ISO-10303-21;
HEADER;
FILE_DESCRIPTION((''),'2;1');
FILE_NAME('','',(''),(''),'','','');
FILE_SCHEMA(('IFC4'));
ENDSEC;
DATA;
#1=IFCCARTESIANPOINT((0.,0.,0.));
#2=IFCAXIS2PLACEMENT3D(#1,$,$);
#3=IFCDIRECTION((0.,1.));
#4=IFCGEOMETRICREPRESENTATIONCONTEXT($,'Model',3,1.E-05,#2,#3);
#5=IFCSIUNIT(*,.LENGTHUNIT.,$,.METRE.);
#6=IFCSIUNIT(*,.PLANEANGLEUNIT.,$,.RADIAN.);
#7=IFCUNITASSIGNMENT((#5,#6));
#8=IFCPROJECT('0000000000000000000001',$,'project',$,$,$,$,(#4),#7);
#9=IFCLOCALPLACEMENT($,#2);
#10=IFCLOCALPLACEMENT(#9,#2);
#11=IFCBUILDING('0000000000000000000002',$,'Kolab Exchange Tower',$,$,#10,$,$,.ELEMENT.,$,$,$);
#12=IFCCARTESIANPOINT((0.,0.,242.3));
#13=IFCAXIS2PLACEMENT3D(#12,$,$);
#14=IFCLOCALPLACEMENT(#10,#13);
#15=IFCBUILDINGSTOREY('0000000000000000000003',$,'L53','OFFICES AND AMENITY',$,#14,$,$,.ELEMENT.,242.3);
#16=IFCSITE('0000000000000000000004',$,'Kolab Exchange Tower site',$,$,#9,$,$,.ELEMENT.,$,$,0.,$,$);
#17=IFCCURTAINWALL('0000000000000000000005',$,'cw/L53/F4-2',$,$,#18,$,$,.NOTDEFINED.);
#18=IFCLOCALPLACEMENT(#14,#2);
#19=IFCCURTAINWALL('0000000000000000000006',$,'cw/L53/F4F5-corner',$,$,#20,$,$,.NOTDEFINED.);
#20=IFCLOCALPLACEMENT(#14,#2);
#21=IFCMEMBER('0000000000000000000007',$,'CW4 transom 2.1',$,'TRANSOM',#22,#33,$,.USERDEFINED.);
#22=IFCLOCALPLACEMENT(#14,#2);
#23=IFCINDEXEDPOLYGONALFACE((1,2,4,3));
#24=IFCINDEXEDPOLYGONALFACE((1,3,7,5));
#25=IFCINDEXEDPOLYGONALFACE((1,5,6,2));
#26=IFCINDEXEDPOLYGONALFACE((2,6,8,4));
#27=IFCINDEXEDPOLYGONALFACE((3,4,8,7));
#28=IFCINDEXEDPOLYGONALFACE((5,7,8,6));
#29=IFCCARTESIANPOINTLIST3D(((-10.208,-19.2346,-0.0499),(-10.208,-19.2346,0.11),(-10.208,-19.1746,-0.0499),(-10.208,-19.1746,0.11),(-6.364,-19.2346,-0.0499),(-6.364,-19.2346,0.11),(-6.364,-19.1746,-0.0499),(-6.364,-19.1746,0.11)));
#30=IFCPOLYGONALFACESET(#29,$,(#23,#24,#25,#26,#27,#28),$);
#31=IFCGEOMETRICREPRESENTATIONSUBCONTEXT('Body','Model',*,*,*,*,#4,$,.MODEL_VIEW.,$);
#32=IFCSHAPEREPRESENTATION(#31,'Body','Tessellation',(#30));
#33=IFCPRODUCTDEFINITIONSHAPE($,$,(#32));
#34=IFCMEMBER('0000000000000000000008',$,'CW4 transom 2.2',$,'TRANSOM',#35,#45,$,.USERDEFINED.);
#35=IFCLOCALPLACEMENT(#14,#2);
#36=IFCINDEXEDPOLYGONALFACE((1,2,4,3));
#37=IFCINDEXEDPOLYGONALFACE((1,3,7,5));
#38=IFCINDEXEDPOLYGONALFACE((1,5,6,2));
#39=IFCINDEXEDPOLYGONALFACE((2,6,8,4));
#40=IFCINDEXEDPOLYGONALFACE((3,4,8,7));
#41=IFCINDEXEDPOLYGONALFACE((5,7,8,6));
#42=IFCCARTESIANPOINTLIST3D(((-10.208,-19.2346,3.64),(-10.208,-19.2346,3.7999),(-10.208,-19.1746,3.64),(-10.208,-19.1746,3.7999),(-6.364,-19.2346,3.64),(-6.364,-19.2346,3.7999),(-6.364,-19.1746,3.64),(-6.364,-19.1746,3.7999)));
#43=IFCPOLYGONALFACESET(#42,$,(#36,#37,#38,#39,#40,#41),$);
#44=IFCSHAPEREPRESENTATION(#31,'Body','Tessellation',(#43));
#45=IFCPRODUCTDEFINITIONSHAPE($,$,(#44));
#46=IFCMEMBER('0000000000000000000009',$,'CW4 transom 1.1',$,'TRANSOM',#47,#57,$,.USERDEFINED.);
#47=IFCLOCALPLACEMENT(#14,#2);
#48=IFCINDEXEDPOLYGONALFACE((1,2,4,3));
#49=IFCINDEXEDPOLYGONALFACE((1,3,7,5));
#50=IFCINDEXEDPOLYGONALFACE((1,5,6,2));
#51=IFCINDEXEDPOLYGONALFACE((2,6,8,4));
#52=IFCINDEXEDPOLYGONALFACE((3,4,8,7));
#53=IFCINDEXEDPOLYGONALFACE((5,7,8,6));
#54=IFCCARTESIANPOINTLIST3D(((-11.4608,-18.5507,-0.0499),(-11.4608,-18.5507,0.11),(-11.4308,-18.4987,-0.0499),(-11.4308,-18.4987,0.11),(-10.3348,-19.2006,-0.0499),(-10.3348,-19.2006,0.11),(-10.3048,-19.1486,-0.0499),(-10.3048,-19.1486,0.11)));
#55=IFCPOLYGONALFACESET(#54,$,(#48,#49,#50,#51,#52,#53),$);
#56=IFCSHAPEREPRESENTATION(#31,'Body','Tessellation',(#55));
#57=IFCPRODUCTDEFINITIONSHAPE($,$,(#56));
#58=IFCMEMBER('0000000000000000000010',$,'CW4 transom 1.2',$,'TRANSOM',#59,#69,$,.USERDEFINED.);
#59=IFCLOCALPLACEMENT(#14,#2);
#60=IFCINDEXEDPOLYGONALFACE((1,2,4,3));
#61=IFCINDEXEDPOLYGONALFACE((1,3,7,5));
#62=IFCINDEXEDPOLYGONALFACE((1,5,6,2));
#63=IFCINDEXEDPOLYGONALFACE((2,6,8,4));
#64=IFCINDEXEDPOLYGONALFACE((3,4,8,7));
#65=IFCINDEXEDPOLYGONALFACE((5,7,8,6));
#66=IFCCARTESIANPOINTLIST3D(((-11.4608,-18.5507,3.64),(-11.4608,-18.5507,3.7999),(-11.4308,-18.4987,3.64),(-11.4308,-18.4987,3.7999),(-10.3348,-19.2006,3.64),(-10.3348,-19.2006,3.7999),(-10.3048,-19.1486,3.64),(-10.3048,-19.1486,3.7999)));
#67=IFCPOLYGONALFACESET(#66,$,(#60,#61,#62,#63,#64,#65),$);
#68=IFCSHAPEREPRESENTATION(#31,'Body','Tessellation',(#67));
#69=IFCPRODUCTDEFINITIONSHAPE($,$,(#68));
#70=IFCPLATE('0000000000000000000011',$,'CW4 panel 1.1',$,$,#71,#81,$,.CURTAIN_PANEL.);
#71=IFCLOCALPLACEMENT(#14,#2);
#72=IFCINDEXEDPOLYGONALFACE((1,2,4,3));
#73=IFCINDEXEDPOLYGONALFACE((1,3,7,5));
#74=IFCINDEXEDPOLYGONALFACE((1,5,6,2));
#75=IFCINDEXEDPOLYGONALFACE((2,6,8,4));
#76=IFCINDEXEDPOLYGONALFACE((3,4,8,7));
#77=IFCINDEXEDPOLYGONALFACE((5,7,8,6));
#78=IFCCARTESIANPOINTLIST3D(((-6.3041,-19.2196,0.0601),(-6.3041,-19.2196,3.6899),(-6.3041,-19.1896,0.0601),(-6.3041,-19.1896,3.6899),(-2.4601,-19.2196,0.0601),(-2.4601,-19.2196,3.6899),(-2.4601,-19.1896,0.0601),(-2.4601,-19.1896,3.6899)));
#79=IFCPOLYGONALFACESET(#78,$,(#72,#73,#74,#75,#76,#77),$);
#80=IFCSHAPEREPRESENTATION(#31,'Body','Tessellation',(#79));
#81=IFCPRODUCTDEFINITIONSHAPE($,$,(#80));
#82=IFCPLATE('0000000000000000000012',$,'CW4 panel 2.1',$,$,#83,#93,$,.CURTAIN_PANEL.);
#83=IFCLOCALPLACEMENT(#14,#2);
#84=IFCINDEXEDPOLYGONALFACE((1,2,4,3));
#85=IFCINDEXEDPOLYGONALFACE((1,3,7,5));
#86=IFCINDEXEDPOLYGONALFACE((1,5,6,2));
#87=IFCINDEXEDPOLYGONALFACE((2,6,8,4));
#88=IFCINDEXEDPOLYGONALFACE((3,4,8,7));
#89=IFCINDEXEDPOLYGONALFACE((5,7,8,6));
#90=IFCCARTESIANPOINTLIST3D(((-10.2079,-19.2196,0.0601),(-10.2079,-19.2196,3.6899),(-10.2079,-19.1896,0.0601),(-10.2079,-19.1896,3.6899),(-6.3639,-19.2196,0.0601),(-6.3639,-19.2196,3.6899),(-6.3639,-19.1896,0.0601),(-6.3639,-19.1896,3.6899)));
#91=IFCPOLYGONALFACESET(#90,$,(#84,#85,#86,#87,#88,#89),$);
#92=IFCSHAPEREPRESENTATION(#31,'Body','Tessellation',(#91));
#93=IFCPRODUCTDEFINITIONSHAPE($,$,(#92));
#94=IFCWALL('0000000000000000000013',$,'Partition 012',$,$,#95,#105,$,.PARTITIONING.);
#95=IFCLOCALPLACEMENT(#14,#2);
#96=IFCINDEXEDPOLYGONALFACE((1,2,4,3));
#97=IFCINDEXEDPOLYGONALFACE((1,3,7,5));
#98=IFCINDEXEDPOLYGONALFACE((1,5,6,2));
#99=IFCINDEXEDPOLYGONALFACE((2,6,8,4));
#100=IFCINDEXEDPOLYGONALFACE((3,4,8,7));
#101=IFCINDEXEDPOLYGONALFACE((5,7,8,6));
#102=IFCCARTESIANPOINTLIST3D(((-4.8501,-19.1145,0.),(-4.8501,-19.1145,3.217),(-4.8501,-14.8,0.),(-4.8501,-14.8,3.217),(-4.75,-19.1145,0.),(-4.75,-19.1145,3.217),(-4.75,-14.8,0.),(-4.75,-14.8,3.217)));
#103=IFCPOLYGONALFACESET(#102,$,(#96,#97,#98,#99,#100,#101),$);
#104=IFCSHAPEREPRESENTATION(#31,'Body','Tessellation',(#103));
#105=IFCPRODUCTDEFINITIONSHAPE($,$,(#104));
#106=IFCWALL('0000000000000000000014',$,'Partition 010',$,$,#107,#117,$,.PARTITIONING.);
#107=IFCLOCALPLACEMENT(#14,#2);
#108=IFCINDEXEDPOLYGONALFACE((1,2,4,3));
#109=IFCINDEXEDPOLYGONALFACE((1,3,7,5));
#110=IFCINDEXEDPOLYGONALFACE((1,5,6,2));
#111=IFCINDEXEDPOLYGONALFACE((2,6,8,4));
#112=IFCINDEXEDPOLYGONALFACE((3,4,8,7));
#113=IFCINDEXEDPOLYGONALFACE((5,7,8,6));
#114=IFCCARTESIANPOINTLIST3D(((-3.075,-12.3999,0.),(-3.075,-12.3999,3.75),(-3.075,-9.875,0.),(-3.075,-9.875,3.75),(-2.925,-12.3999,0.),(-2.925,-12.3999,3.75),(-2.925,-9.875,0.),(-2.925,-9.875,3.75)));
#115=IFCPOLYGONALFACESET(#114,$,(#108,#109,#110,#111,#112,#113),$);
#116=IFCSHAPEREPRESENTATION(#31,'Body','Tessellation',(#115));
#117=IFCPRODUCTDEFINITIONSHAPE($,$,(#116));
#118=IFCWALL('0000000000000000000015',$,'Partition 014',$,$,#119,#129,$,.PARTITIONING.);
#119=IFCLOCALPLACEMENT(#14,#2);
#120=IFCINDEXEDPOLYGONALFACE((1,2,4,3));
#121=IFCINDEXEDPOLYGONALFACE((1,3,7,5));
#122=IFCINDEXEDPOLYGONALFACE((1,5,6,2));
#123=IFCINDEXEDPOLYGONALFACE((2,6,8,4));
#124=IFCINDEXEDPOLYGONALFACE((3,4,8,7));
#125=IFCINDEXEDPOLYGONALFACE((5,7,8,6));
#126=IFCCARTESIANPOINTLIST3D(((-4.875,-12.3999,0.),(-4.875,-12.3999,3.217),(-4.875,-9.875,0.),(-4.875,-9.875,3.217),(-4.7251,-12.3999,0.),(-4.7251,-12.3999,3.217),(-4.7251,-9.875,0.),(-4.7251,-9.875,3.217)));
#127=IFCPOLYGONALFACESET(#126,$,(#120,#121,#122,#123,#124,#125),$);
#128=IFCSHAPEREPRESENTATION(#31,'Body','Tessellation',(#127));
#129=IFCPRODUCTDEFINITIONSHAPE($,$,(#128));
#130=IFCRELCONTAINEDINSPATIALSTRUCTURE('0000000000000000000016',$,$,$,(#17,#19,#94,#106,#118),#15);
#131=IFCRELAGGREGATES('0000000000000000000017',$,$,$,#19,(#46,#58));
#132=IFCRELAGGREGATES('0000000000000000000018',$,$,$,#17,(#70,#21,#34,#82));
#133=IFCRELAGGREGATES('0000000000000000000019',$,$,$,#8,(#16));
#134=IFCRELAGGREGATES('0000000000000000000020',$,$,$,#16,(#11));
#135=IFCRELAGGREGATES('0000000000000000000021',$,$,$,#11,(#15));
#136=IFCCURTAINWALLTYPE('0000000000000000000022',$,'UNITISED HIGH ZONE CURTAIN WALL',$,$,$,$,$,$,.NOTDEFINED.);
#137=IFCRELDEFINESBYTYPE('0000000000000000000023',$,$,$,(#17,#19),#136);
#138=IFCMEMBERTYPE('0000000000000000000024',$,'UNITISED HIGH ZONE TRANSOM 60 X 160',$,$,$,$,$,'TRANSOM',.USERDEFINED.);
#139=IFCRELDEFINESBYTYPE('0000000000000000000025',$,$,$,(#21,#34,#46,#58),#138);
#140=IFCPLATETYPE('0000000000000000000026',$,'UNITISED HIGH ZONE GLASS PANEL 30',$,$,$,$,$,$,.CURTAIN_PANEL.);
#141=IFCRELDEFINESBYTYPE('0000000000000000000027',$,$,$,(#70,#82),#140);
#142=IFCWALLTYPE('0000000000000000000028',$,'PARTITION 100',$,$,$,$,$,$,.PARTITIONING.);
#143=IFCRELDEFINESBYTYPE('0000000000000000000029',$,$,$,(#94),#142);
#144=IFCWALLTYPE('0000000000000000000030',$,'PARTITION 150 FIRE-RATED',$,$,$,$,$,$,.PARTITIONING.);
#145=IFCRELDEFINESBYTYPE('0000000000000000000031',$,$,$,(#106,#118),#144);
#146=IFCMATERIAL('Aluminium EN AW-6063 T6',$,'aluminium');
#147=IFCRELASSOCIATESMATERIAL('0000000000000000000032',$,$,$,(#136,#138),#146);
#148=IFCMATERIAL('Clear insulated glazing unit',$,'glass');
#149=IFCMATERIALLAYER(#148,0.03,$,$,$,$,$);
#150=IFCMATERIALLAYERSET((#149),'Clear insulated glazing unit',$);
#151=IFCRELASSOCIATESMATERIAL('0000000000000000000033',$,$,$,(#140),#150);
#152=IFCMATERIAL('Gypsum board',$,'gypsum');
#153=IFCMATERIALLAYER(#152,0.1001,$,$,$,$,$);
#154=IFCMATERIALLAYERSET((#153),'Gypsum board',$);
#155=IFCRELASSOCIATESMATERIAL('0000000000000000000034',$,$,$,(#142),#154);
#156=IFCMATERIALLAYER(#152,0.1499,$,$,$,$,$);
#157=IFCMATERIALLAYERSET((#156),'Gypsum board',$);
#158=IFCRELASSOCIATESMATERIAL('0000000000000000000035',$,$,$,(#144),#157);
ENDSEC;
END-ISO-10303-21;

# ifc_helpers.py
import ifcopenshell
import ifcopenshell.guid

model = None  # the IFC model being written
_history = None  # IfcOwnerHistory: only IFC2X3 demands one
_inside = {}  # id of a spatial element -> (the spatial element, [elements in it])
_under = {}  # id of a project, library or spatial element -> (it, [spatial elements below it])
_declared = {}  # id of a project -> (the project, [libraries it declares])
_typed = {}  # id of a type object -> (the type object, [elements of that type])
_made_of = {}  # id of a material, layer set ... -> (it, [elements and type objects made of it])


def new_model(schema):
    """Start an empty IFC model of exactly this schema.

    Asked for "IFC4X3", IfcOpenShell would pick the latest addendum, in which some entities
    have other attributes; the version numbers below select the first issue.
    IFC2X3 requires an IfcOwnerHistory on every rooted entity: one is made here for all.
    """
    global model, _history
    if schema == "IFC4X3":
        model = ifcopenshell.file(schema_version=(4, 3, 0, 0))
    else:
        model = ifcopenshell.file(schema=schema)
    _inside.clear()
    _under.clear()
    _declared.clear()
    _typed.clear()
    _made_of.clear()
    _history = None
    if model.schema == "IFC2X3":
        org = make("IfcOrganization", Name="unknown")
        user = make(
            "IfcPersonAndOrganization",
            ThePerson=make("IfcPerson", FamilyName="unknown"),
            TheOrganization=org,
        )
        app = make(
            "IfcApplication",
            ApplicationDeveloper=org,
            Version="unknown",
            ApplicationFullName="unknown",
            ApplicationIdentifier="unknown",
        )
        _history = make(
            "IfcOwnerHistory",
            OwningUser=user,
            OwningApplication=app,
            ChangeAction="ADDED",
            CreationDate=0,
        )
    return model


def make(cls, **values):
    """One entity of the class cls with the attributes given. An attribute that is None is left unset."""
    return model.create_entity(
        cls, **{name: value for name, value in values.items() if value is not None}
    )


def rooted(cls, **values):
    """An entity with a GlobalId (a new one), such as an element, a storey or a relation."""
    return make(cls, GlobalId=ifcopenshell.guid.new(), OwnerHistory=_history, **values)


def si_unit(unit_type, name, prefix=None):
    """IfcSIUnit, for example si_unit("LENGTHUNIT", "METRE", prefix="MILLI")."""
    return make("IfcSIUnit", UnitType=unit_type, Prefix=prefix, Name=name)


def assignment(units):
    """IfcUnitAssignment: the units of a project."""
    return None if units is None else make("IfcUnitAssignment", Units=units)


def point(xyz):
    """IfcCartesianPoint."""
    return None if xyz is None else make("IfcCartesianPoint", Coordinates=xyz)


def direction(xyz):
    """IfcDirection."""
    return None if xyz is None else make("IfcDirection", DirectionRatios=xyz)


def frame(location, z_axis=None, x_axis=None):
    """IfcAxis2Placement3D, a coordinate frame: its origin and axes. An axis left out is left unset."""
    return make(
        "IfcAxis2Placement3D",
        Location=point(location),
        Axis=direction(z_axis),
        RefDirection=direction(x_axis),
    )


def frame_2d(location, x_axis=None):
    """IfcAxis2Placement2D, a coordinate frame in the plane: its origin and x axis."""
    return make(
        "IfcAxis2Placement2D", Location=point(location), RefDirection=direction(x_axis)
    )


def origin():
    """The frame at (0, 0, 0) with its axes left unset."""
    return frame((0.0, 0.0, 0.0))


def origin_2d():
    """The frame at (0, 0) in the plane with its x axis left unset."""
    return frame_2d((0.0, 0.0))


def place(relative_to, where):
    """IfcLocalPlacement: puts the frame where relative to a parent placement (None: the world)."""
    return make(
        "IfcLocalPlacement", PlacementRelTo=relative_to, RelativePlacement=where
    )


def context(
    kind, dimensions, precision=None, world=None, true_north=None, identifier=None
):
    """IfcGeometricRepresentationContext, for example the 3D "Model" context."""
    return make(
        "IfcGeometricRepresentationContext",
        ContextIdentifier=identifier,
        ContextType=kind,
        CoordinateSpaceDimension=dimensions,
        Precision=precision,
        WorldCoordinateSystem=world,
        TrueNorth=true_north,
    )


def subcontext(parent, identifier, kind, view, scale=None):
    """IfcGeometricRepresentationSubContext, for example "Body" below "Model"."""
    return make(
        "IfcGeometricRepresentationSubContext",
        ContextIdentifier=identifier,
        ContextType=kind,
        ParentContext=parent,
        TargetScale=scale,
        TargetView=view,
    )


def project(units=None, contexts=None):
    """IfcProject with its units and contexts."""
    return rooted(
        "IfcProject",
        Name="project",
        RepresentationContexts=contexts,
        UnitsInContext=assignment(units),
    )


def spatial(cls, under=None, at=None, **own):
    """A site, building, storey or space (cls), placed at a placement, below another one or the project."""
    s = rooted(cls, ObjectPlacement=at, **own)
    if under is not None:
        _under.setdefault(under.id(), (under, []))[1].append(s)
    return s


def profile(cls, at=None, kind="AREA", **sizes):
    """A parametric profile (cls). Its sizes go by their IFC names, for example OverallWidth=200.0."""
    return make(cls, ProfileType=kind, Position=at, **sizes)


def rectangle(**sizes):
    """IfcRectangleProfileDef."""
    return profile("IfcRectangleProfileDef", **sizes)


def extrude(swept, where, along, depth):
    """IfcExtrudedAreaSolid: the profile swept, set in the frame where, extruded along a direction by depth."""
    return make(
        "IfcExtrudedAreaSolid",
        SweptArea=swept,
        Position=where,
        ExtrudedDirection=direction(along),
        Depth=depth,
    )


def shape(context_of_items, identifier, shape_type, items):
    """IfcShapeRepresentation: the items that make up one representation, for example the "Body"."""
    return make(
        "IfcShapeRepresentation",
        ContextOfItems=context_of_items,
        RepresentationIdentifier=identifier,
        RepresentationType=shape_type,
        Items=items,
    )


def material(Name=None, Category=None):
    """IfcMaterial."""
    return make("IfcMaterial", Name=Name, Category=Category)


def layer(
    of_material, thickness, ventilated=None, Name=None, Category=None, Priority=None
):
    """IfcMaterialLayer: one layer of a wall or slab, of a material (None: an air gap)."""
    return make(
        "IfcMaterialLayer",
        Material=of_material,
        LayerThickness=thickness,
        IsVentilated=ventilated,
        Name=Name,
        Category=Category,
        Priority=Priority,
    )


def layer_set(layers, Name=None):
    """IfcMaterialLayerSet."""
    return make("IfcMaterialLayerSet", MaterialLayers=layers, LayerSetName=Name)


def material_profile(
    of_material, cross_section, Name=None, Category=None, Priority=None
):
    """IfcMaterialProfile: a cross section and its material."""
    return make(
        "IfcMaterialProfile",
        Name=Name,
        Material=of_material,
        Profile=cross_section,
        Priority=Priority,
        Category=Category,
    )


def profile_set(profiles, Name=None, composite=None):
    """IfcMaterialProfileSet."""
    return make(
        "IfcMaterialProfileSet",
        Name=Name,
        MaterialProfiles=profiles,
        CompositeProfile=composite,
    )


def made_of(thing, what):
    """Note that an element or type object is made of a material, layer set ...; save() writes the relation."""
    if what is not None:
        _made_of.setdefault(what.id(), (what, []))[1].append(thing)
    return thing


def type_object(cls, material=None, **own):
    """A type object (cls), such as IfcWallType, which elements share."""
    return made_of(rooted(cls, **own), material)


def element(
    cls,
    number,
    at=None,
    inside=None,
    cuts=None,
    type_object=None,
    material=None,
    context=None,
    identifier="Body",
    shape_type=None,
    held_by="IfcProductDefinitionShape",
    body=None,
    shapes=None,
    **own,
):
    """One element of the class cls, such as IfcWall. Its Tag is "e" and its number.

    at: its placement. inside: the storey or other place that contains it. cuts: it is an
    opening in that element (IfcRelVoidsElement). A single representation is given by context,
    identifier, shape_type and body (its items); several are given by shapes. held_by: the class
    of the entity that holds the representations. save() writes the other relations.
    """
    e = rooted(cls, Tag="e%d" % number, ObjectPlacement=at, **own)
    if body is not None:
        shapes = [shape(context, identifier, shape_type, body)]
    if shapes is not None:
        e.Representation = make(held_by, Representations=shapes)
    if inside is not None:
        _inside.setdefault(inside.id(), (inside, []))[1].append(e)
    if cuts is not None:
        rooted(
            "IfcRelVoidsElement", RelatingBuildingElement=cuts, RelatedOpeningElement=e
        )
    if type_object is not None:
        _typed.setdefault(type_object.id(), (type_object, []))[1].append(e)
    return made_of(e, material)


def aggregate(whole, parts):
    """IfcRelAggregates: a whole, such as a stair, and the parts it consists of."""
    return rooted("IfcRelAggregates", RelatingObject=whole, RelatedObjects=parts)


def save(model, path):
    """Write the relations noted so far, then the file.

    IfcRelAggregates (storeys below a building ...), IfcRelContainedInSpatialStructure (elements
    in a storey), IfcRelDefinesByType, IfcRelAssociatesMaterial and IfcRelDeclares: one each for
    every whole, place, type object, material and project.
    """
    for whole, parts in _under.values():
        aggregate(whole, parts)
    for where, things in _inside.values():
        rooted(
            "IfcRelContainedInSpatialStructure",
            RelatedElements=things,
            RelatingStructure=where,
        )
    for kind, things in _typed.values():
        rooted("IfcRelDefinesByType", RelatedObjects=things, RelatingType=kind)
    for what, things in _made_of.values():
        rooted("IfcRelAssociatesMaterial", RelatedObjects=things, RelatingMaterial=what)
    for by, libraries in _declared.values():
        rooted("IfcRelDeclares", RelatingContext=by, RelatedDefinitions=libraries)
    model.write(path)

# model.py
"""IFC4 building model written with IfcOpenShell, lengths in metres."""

from ifc_helpers import new_model, si_unit, direction, frame, frame_2d, origin, origin_2d, place, context, subcontext, project, spatial, rectangle, extrude, material, layer, layer_set, material_profile, profile_set, type_object, element, aggregate, save


model = new_model("IFC4")

# Units and contexts
model_context = context("Model", 3, precision=1e-05, world=origin(), true_north=direction((0.0, 1.0)))
body_context = subcontext(model_context, "Body", "Model", "MODEL_VIEW")
ifc_project = project(units=[si_unit("LENGTHUNIT", "METRE"), si_unit("PLANEANGLEUNIT", "RADIAN")], contexts=[model_context])

# Site, building, storey
site_placement = place(None, origin())
site = spatial("IfcSite", under=ifc_project, at=site_placement, Name="Kolab Exchange Tower site", CompositionType="ELEMENT", RefElevation=0.0)
building_placement = place(site_placement, origin())
building = spatial("IfcBuilding", under=site, at=building_placement, Name="Kolab Exchange Tower", CompositionType="ELEMENT")
storey_placement = place(building_placement, frame((0.0, 0.0, 242.3)))
storey = spatial("IfcBuildingStorey", under=building, at=storey_placement, Name="L53", Description="OFFICES AND AMENITY", CompositionType="ELEMENT", Elevation=242.3)

# Curtain wall
ifc_material_1 = material(Name="Aluminium EN AW-6063 T6", Category="aluminium")
curtain_wall_type = type_object("IfcCurtainWallType", Name="UNITISED HIGH ZONE CURTAIN WALL", PredefinedType="NOTDEFINED", material=ifc_material_1)
curtain_wall_1_placement = place(storey_placement, origin())
curtain_wall_1 = element("IfcCurtainWall", 1, at=curtain_wall_1_placement, inside=storey, type_object=curtain_wall_type, Name="cw/L53/F4-2", PredefinedType="NOTDEFINED")

# Curtain wall
curtain_wall_2_placement = place(storey_placement, origin())
curtain_wall_2 = element("IfcCurtainWall", 2, at=curtain_wall_2_placement, inside=storey, type_object=curtain_wall_type, Name="cw/L53/F4F5-corner", PredefinedType="NOTDEFINED")

# Members
ifc_material_profile_1 = material_profile(ifc_material_1, rectangle(XDim=0.0601, YDim=0.1599, at=origin_2d()), Name="RECT 60X160")
ifc_profile_set_1 = profile_set([ifc_material_profile_1], Name="Aluminium EN AW-6063 T6")
member_type_1 = type_object("IfcMemberType", Name="UNITISED HIGH ZONE TRANSOM 60 X 160", ElementType="TRANSOM", PredefinedType="USERDEFINED", material=ifc_profile_set_1)
member_1_placement = place(storey_placement, frame((-6.364, -19.2046, 0.03), z_axis=(-1.0, 0.0, 0.0), x_axis=(0.0, -1.0, 0.0)))
member_1 = element("IfcMember", 3, at=member_1_placement, type_object=member_type_1, Name="CW4 transom 2.1", ObjectType="TRANSOM", PredefinedType="USERDEFINED", context=body_context, shape_type="SweptSolid", body=[
    extrude(rectangle(XDim=0.0601, YDim=0.1599, at=origin_2d()), origin(), (0.0, 0.0, 1.0), 3.844),
])
member_2_placement = place(storey_placement, frame((-6.364, -19.2046, 3.72), z_axis=(-1.0, 0.0, 0.0), x_axis=(0.0, -1.0, 0.0)))
member_2 = element("IfcMember", 4, at=member_2_placement, type_object=member_type_1, Name="CW4 transom 2.2", ObjectType="TRANSOM", PredefinedType="USERDEFINED", context=body_context, shape_type="SweptSolid", body=[
    extrude(rectangle(XDim=0.0601, YDim=0.1599, at=origin_2d()), origin(), (0.0, 0.0, 1.0), 3.844),
])
member_3_placement = place(storey_placement, frame((-10.3198, -19.1746, 0.03), z_axis=(-0.866086, 0.499896, 0.0), x_axis=(-0.499896, -0.866086, 0.0)))
member_3 = element("IfcMember", 5, at=member_3_placement, type_object=member_type_1, Name="CW4 transom 1.1", ObjectType="TRANSOM", PredefinedType="USERDEFINED", context=body_context, shape_type="SweptSolid", body=[
    extrude(rectangle(XDim=0.0601, YDim=0.1599, at=origin_2d()), origin(), (0.0, 0.0, 1.0), 1.3),
])
member_4_placement = place(storey_placement, frame((-10.3198, -19.1746, 3.72), z_axis=(-0.866086, 0.499896, 0.0), x_axis=(-0.499896, -0.866086, 0.0)))
member_4 = element("IfcMember", 6, at=member_4_placement, type_object=member_type_1, Name="CW4 transom 1.2", ObjectType="TRANSOM", PredefinedType="USERDEFINED", context=body_context, shape_type="SweptSolid", body=[
    extrude(rectangle(XDim=0.0601, YDim=0.1599, at=origin_2d()), origin(), (0.0, 0.0, 1.0), 1.3),
])
aggregate(curtain_wall_2, [member_3, member_4])

# Plates
ifc_material_2 = material(Name="Clear insulated glazing unit", Category="glass")
ifc_layer_1 = layer(ifc_material_2, 0.03)
ifc_layer_set_1 = layer_set([ifc_layer_1], Name="Clear insulated glazing unit")
plate_type = type_object("IfcPlateType", Name="UNITISED HIGH ZONE GLASS PANEL 30", PredefinedType="CURTAIN_PANEL", material=ifc_layer_set_1)
plate_1_placement = place(storey_placement, frame((-4.3821, -19.2046, 0.0601), z_axis=(0.0, 0.0, 1.0), x_axis=(-1.0, 0.0, 0.0)))
plate_1 = element("IfcPlate", 7, at=plate_1_placement, type_object=plate_type, Name="CW4 panel 1.1", PredefinedType="CURTAIN_PANEL", context=body_context, shape_type="SweptSolid", body=[
    extrude(rectangle(XDim=3.844, YDim=0.03, at=origin_2d()), origin(), (0.0, 0.0, 1.0), 3.6299),
])
plate_2_placement = place(storey_placement, frame((-8.2859, -19.2046, 0.0601), z_axis=(0.0, 0.0, 1.0), x_axis=(-1.0, 0.0, 0.0)))
plate_2 = element("IfcPlate", 8, at=plate_2_placement, type_object=plate_type, Name="CW4 panel 2.1", PredefinedType="CURTAIN_PANEL", context=body_context, shape_type="SweptSolid", body=[
    extrude(rectangle(XDim=3.844, YDim=0.03, at=origin_2d()), origin(), (0.0, 0.0, 1.0), 3.6299),
])
aggregate(curtain_wall_1, [plate_1, member_1, member_2, plate_2])

# Walls
ifc_material_3 = material(Name="Gypsum board", Category="gypsum")
ifc_layer_2 = layer(ifc_material_3, 0.1001)
ifc_layer_set_2 = layer_set([ifc_layer_2], Name="Gypsum board")
wall_type_1 = type_object("IfcWallType", Name="PARTITION 100", PredefinedType="PARTITIONING", material=ifc_layer_set_2)
wall_1_placement = place(storey_placement, frame((-4.8, -19.1145, 0.0), z_axis=(0.0, 0.0, 1.0), x_axis=(0.0, 1.0, 0.0)))
element("IfcWall", 9, at=wall_1_placement, inside=storey, type_object=wall_type_1, Name="Partition 012", PredefinedType="PARTITIONING", context=body_context, shape_type="SweptSolid", body=[
    extrude(rectangle(XDim=4.3145, YDim=0.1001, at=frame_2d((2.1572, 0.0))), origin(), (0.0, 0.0, 1.0), 3.217),
])
ifc_layer_3 = layer(ifc_material_3, 0.1499)
ifc_layer_set_3 = layer_set([ifc_layer_3], Name="Gypsum board")
wall_type_2 = type_object("IfcWallType", Name="PARTITION 150 FIRE-RATED", PredefinedType="PARTITIONING", material=ifc_layer_set_3)
wall_2_placement = place(storey_placement, frame((-3.0, -12.3999, 0.0), z_axis=(0.0, 0.0, 1.0), x_axis=(0.0, 1.0, 0.0)))
element("IfcWall", 10, at=wall_2_placement, inside=storey, type_object=wall_type_2, Name="Partition 010", PredefinedType="PARTITIONING", context=body_context, shape_type="SweptSolid", body=[
    extrude(rectangle(XDim=2.5249, YDim=0.1499, at=frame_2d((1.2625, 0.0))), origin(), (0.0, 0.0, 1.0), 3.75),
])
wall_3_placement = place(storey_placement, frame((-4.8, -12.3999, 0.0), z_axis=(0.0, 0.0, 1.0), x_axis=(0.0, 1.0, 0.0)))
element("IfcWall", 11, at=wall_3_placement, inside=storey, type_object=wall_type_2, Name="Partition 014", PredefinedType="PARTITIONING", context=body_context, shape_type="SweptSolid", body=[
    extrude(rectangle(XDim=2.5249, YDim=0.1499, at=frame_2d((1.2625, 0.0))), origin(), (0.0, 0.0, 1.0), 3.217),
])

save(model, "model.ifc")
